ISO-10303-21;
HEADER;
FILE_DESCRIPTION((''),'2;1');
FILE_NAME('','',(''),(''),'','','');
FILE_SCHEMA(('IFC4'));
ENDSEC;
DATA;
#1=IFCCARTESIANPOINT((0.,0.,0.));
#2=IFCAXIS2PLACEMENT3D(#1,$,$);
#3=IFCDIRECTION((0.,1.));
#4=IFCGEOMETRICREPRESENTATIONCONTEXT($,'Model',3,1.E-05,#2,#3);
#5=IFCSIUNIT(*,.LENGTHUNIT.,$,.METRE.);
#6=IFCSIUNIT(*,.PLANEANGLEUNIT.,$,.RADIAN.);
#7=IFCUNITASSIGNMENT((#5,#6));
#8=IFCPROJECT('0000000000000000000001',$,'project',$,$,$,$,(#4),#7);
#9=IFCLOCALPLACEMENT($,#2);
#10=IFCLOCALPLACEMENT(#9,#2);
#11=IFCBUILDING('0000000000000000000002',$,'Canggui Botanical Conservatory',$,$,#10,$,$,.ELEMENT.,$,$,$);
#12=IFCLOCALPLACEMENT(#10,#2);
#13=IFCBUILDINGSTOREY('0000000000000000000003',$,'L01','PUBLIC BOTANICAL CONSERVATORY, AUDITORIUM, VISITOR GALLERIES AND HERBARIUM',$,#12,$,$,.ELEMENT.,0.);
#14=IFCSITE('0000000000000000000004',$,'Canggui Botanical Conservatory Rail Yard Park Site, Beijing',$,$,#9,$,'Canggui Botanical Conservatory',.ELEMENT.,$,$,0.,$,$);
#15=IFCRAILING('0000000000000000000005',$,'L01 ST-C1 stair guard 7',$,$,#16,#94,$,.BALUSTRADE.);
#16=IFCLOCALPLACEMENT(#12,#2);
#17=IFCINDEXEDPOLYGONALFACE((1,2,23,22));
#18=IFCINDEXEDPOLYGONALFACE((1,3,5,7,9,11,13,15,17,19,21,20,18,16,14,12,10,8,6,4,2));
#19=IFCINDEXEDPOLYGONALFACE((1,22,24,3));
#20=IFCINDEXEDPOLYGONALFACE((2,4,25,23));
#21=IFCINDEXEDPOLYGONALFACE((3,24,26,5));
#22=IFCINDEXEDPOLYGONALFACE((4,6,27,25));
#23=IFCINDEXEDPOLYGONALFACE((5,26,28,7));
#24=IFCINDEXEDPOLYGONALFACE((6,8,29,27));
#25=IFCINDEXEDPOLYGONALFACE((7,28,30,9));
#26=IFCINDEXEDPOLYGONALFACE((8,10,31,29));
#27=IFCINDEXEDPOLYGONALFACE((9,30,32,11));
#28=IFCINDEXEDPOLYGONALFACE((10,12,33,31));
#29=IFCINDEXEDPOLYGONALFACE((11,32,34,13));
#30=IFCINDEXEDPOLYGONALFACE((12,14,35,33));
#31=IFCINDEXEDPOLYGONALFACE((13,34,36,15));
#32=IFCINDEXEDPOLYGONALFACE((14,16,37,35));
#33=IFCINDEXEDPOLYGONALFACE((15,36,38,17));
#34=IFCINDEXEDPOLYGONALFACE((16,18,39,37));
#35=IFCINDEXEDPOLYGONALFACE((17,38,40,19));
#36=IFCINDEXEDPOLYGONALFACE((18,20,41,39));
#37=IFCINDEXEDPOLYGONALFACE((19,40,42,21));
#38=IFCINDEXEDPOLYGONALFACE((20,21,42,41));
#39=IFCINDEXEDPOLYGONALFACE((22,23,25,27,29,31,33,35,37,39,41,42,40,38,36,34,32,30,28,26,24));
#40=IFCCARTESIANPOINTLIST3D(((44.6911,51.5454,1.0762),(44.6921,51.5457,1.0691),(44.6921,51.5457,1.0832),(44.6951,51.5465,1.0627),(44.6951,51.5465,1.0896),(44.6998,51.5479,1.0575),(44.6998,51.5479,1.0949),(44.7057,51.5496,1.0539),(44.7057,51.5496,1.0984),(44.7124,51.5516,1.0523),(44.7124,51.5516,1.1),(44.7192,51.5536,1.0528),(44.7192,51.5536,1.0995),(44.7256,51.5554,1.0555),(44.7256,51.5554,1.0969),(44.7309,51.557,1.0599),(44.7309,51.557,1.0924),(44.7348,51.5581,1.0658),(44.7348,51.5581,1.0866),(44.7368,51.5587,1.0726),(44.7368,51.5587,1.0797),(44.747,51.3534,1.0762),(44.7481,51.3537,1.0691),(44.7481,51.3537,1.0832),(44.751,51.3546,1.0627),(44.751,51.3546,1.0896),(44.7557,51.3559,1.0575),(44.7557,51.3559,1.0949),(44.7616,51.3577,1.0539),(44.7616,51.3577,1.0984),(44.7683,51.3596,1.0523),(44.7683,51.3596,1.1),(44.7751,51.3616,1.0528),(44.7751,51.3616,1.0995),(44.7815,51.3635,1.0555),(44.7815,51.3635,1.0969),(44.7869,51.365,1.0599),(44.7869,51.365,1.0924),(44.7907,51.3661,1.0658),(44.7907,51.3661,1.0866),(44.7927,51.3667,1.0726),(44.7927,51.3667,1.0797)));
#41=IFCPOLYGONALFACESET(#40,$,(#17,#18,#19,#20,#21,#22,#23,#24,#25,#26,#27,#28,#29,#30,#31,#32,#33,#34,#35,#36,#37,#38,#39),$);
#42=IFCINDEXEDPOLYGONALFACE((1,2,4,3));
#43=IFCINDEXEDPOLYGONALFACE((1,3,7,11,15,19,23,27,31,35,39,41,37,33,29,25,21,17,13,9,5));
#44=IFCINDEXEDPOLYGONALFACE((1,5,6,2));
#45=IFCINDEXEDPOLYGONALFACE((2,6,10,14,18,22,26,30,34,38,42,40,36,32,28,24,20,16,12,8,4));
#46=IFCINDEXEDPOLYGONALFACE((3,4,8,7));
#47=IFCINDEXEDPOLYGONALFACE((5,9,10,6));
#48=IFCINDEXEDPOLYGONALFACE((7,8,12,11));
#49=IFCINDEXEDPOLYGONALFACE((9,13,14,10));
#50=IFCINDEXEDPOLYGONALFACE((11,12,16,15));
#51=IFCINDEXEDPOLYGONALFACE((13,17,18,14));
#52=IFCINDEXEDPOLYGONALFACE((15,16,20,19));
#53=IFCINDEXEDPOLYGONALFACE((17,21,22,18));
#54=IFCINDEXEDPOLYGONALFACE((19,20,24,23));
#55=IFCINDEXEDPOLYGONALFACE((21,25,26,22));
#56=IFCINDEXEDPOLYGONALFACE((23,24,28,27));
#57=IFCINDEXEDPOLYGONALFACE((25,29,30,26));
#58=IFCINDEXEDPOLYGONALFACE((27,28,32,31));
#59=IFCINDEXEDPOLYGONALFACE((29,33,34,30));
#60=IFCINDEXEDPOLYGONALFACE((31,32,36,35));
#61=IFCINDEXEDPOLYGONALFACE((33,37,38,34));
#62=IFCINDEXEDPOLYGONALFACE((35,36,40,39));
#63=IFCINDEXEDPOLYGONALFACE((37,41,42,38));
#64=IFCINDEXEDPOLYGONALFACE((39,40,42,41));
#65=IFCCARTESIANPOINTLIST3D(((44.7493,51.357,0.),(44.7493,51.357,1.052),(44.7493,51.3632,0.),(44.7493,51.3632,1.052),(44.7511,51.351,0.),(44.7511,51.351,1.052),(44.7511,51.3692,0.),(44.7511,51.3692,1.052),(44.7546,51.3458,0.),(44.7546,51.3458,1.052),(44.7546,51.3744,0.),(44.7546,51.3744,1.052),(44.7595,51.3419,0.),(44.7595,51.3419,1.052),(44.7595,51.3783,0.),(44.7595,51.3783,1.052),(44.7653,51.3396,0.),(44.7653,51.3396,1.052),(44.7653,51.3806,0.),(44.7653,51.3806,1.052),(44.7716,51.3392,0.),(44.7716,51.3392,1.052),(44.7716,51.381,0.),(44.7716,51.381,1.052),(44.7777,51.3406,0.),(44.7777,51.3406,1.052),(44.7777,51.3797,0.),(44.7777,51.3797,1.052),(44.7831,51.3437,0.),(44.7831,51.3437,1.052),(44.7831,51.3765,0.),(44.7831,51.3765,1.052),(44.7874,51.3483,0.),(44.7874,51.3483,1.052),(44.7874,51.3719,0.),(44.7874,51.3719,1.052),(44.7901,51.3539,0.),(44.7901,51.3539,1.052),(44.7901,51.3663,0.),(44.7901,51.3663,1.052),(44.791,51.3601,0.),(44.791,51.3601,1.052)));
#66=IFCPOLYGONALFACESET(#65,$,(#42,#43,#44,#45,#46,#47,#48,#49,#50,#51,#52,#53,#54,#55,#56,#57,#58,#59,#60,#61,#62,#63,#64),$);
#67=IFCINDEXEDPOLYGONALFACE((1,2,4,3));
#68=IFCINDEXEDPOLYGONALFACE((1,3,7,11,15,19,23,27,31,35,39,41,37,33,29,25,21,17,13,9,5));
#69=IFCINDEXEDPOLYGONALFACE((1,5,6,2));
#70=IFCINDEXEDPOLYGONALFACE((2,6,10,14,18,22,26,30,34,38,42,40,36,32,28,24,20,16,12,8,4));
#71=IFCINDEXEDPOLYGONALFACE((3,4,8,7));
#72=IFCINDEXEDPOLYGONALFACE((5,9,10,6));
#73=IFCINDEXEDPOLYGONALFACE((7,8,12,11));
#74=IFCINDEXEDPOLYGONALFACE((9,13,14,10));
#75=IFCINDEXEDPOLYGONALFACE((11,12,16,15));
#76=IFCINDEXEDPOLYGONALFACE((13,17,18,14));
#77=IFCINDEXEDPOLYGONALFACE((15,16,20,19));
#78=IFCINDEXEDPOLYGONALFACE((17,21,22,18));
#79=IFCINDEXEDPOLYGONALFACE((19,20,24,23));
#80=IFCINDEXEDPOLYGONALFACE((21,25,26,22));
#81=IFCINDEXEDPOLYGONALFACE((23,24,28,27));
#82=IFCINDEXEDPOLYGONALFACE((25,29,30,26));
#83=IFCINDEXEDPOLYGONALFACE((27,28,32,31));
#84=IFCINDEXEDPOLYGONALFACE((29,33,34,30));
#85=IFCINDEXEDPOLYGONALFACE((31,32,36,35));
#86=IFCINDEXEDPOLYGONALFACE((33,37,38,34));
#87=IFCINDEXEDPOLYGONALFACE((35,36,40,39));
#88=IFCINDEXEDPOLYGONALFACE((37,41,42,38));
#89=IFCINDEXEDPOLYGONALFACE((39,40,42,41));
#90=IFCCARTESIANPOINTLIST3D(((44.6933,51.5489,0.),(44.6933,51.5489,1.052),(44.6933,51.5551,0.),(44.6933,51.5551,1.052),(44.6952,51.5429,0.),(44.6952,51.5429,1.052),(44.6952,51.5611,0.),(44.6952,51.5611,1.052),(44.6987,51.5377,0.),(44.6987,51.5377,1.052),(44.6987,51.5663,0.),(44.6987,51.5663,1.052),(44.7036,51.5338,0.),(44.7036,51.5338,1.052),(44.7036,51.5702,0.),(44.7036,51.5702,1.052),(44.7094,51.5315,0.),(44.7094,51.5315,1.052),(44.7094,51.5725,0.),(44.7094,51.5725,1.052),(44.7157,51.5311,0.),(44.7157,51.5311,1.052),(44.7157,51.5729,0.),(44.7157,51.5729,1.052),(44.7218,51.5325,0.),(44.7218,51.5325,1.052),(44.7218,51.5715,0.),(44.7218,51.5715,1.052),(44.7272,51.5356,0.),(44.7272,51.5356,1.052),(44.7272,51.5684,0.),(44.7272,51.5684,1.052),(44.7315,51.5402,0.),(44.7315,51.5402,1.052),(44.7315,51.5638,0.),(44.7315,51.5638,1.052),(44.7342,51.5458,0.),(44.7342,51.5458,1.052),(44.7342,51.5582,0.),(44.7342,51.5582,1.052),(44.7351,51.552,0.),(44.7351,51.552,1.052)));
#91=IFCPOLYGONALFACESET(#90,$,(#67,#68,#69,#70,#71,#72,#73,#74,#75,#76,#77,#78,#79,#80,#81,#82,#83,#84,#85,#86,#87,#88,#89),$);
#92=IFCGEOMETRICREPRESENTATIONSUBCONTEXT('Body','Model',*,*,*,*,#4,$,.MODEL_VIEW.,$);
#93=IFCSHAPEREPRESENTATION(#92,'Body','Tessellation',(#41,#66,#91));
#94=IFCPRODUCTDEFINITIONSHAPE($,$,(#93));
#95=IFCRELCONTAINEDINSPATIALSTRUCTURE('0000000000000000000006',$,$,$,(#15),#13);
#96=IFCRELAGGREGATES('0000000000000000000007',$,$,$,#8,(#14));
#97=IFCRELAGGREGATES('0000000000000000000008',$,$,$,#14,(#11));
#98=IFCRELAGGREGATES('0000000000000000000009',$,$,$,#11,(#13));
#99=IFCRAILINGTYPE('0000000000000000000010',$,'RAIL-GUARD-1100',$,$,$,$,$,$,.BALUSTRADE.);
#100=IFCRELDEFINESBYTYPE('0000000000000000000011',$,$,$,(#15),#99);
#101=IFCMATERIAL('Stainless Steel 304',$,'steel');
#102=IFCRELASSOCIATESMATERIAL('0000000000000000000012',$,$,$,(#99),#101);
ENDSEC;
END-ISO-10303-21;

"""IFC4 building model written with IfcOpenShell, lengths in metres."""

from ifc_helpers import new_model, si_unit, direction, frame, origin, origin_2d, place, context, subcontext, project, spatial, circle, extrude, material, type_object, element, save


model = new_model("IFC4")

# Units and contexts
model_context = context("Model", 3, precision=1e-05, world=origin(), true_north=direction((0.0, 1.0)))
body_context = subcontext(model_context, "Body", "Model", "MODEL_VIEW")
ifc_project = project(units=[si_unit("LENGTHUNIT", "METRE"), si_unit("PLANEANGLEUNIT", "RADIAN")], contexts=[model_context])

# Site, building, storey
site_placement = place(None, origin())
site = spatial("IfcSite", under=ifc_project, at=site_placement, Name="Canggui Botanical Conservatory Rail Yard Park Site, Beijing", LongName="Canggui Botanical Conservatory", CompositionType="ELEMENT", RefElevation=0.0)
building_placement = place(site_placement, origin())
building = spatial("IfcBuilding", under=site, at=building_placement, Name="Canggui Botanical Conservatory", CompositionType="ELEMENT")
storey_placement = place(building_placement, origin())
storey = spatial("IfcBuildingStorey", under=building, at=storey_placement, Name="L01", Description="PUBLIC BOTANICAL CONSERVATORY, AUDITORIUM, VISITOR GALLERIES AND HERBARIUM", CompositionType="ELEMENT", Elevation=0.0)

# Railing
ifc_material_1 = material(Name="Stainless Steel 304", Category="steel")
railing_type_1 = type_object("IfcRailingType", Name="RAIL-GUARD-1100", PredefinedType="BALUSTRADE", material=ifc_material_1)
railing_1_placement = place(storey_placement, frame((44.77, 51.3601, 0.0)))
element("IfcRailing", 1, at=railing_1_placement, inside=storey, type_object=railing_type_1, Name="L01 ST-C1 stair guard 7", PredefinedType="BALUSTRADE", context=body_context, shape_type="SweptSolid", body=[
    extrude(circle(Radius=0.0239, at=origin_2d()), frame((0.0, 0.0, 1.0762), z_axis=(-0.279719, 0.960082, 0.0), x_axis=(-0.960082, -0.279719, 0.0)), (0.0, 0.0, 1.0), 0.2),
    extrude(circle(Radius=0.021, at=origin_2d()), origin(), (0.0, 0.0, 1.0), 1.052),
    extrude(circle(Radius=0.021, at=origin_2d()), frame((-0.0559, 0.1919, 0.0)), (0.0, 0.0, 1.0), 1.052),
])

save(model, "model.ifc")
